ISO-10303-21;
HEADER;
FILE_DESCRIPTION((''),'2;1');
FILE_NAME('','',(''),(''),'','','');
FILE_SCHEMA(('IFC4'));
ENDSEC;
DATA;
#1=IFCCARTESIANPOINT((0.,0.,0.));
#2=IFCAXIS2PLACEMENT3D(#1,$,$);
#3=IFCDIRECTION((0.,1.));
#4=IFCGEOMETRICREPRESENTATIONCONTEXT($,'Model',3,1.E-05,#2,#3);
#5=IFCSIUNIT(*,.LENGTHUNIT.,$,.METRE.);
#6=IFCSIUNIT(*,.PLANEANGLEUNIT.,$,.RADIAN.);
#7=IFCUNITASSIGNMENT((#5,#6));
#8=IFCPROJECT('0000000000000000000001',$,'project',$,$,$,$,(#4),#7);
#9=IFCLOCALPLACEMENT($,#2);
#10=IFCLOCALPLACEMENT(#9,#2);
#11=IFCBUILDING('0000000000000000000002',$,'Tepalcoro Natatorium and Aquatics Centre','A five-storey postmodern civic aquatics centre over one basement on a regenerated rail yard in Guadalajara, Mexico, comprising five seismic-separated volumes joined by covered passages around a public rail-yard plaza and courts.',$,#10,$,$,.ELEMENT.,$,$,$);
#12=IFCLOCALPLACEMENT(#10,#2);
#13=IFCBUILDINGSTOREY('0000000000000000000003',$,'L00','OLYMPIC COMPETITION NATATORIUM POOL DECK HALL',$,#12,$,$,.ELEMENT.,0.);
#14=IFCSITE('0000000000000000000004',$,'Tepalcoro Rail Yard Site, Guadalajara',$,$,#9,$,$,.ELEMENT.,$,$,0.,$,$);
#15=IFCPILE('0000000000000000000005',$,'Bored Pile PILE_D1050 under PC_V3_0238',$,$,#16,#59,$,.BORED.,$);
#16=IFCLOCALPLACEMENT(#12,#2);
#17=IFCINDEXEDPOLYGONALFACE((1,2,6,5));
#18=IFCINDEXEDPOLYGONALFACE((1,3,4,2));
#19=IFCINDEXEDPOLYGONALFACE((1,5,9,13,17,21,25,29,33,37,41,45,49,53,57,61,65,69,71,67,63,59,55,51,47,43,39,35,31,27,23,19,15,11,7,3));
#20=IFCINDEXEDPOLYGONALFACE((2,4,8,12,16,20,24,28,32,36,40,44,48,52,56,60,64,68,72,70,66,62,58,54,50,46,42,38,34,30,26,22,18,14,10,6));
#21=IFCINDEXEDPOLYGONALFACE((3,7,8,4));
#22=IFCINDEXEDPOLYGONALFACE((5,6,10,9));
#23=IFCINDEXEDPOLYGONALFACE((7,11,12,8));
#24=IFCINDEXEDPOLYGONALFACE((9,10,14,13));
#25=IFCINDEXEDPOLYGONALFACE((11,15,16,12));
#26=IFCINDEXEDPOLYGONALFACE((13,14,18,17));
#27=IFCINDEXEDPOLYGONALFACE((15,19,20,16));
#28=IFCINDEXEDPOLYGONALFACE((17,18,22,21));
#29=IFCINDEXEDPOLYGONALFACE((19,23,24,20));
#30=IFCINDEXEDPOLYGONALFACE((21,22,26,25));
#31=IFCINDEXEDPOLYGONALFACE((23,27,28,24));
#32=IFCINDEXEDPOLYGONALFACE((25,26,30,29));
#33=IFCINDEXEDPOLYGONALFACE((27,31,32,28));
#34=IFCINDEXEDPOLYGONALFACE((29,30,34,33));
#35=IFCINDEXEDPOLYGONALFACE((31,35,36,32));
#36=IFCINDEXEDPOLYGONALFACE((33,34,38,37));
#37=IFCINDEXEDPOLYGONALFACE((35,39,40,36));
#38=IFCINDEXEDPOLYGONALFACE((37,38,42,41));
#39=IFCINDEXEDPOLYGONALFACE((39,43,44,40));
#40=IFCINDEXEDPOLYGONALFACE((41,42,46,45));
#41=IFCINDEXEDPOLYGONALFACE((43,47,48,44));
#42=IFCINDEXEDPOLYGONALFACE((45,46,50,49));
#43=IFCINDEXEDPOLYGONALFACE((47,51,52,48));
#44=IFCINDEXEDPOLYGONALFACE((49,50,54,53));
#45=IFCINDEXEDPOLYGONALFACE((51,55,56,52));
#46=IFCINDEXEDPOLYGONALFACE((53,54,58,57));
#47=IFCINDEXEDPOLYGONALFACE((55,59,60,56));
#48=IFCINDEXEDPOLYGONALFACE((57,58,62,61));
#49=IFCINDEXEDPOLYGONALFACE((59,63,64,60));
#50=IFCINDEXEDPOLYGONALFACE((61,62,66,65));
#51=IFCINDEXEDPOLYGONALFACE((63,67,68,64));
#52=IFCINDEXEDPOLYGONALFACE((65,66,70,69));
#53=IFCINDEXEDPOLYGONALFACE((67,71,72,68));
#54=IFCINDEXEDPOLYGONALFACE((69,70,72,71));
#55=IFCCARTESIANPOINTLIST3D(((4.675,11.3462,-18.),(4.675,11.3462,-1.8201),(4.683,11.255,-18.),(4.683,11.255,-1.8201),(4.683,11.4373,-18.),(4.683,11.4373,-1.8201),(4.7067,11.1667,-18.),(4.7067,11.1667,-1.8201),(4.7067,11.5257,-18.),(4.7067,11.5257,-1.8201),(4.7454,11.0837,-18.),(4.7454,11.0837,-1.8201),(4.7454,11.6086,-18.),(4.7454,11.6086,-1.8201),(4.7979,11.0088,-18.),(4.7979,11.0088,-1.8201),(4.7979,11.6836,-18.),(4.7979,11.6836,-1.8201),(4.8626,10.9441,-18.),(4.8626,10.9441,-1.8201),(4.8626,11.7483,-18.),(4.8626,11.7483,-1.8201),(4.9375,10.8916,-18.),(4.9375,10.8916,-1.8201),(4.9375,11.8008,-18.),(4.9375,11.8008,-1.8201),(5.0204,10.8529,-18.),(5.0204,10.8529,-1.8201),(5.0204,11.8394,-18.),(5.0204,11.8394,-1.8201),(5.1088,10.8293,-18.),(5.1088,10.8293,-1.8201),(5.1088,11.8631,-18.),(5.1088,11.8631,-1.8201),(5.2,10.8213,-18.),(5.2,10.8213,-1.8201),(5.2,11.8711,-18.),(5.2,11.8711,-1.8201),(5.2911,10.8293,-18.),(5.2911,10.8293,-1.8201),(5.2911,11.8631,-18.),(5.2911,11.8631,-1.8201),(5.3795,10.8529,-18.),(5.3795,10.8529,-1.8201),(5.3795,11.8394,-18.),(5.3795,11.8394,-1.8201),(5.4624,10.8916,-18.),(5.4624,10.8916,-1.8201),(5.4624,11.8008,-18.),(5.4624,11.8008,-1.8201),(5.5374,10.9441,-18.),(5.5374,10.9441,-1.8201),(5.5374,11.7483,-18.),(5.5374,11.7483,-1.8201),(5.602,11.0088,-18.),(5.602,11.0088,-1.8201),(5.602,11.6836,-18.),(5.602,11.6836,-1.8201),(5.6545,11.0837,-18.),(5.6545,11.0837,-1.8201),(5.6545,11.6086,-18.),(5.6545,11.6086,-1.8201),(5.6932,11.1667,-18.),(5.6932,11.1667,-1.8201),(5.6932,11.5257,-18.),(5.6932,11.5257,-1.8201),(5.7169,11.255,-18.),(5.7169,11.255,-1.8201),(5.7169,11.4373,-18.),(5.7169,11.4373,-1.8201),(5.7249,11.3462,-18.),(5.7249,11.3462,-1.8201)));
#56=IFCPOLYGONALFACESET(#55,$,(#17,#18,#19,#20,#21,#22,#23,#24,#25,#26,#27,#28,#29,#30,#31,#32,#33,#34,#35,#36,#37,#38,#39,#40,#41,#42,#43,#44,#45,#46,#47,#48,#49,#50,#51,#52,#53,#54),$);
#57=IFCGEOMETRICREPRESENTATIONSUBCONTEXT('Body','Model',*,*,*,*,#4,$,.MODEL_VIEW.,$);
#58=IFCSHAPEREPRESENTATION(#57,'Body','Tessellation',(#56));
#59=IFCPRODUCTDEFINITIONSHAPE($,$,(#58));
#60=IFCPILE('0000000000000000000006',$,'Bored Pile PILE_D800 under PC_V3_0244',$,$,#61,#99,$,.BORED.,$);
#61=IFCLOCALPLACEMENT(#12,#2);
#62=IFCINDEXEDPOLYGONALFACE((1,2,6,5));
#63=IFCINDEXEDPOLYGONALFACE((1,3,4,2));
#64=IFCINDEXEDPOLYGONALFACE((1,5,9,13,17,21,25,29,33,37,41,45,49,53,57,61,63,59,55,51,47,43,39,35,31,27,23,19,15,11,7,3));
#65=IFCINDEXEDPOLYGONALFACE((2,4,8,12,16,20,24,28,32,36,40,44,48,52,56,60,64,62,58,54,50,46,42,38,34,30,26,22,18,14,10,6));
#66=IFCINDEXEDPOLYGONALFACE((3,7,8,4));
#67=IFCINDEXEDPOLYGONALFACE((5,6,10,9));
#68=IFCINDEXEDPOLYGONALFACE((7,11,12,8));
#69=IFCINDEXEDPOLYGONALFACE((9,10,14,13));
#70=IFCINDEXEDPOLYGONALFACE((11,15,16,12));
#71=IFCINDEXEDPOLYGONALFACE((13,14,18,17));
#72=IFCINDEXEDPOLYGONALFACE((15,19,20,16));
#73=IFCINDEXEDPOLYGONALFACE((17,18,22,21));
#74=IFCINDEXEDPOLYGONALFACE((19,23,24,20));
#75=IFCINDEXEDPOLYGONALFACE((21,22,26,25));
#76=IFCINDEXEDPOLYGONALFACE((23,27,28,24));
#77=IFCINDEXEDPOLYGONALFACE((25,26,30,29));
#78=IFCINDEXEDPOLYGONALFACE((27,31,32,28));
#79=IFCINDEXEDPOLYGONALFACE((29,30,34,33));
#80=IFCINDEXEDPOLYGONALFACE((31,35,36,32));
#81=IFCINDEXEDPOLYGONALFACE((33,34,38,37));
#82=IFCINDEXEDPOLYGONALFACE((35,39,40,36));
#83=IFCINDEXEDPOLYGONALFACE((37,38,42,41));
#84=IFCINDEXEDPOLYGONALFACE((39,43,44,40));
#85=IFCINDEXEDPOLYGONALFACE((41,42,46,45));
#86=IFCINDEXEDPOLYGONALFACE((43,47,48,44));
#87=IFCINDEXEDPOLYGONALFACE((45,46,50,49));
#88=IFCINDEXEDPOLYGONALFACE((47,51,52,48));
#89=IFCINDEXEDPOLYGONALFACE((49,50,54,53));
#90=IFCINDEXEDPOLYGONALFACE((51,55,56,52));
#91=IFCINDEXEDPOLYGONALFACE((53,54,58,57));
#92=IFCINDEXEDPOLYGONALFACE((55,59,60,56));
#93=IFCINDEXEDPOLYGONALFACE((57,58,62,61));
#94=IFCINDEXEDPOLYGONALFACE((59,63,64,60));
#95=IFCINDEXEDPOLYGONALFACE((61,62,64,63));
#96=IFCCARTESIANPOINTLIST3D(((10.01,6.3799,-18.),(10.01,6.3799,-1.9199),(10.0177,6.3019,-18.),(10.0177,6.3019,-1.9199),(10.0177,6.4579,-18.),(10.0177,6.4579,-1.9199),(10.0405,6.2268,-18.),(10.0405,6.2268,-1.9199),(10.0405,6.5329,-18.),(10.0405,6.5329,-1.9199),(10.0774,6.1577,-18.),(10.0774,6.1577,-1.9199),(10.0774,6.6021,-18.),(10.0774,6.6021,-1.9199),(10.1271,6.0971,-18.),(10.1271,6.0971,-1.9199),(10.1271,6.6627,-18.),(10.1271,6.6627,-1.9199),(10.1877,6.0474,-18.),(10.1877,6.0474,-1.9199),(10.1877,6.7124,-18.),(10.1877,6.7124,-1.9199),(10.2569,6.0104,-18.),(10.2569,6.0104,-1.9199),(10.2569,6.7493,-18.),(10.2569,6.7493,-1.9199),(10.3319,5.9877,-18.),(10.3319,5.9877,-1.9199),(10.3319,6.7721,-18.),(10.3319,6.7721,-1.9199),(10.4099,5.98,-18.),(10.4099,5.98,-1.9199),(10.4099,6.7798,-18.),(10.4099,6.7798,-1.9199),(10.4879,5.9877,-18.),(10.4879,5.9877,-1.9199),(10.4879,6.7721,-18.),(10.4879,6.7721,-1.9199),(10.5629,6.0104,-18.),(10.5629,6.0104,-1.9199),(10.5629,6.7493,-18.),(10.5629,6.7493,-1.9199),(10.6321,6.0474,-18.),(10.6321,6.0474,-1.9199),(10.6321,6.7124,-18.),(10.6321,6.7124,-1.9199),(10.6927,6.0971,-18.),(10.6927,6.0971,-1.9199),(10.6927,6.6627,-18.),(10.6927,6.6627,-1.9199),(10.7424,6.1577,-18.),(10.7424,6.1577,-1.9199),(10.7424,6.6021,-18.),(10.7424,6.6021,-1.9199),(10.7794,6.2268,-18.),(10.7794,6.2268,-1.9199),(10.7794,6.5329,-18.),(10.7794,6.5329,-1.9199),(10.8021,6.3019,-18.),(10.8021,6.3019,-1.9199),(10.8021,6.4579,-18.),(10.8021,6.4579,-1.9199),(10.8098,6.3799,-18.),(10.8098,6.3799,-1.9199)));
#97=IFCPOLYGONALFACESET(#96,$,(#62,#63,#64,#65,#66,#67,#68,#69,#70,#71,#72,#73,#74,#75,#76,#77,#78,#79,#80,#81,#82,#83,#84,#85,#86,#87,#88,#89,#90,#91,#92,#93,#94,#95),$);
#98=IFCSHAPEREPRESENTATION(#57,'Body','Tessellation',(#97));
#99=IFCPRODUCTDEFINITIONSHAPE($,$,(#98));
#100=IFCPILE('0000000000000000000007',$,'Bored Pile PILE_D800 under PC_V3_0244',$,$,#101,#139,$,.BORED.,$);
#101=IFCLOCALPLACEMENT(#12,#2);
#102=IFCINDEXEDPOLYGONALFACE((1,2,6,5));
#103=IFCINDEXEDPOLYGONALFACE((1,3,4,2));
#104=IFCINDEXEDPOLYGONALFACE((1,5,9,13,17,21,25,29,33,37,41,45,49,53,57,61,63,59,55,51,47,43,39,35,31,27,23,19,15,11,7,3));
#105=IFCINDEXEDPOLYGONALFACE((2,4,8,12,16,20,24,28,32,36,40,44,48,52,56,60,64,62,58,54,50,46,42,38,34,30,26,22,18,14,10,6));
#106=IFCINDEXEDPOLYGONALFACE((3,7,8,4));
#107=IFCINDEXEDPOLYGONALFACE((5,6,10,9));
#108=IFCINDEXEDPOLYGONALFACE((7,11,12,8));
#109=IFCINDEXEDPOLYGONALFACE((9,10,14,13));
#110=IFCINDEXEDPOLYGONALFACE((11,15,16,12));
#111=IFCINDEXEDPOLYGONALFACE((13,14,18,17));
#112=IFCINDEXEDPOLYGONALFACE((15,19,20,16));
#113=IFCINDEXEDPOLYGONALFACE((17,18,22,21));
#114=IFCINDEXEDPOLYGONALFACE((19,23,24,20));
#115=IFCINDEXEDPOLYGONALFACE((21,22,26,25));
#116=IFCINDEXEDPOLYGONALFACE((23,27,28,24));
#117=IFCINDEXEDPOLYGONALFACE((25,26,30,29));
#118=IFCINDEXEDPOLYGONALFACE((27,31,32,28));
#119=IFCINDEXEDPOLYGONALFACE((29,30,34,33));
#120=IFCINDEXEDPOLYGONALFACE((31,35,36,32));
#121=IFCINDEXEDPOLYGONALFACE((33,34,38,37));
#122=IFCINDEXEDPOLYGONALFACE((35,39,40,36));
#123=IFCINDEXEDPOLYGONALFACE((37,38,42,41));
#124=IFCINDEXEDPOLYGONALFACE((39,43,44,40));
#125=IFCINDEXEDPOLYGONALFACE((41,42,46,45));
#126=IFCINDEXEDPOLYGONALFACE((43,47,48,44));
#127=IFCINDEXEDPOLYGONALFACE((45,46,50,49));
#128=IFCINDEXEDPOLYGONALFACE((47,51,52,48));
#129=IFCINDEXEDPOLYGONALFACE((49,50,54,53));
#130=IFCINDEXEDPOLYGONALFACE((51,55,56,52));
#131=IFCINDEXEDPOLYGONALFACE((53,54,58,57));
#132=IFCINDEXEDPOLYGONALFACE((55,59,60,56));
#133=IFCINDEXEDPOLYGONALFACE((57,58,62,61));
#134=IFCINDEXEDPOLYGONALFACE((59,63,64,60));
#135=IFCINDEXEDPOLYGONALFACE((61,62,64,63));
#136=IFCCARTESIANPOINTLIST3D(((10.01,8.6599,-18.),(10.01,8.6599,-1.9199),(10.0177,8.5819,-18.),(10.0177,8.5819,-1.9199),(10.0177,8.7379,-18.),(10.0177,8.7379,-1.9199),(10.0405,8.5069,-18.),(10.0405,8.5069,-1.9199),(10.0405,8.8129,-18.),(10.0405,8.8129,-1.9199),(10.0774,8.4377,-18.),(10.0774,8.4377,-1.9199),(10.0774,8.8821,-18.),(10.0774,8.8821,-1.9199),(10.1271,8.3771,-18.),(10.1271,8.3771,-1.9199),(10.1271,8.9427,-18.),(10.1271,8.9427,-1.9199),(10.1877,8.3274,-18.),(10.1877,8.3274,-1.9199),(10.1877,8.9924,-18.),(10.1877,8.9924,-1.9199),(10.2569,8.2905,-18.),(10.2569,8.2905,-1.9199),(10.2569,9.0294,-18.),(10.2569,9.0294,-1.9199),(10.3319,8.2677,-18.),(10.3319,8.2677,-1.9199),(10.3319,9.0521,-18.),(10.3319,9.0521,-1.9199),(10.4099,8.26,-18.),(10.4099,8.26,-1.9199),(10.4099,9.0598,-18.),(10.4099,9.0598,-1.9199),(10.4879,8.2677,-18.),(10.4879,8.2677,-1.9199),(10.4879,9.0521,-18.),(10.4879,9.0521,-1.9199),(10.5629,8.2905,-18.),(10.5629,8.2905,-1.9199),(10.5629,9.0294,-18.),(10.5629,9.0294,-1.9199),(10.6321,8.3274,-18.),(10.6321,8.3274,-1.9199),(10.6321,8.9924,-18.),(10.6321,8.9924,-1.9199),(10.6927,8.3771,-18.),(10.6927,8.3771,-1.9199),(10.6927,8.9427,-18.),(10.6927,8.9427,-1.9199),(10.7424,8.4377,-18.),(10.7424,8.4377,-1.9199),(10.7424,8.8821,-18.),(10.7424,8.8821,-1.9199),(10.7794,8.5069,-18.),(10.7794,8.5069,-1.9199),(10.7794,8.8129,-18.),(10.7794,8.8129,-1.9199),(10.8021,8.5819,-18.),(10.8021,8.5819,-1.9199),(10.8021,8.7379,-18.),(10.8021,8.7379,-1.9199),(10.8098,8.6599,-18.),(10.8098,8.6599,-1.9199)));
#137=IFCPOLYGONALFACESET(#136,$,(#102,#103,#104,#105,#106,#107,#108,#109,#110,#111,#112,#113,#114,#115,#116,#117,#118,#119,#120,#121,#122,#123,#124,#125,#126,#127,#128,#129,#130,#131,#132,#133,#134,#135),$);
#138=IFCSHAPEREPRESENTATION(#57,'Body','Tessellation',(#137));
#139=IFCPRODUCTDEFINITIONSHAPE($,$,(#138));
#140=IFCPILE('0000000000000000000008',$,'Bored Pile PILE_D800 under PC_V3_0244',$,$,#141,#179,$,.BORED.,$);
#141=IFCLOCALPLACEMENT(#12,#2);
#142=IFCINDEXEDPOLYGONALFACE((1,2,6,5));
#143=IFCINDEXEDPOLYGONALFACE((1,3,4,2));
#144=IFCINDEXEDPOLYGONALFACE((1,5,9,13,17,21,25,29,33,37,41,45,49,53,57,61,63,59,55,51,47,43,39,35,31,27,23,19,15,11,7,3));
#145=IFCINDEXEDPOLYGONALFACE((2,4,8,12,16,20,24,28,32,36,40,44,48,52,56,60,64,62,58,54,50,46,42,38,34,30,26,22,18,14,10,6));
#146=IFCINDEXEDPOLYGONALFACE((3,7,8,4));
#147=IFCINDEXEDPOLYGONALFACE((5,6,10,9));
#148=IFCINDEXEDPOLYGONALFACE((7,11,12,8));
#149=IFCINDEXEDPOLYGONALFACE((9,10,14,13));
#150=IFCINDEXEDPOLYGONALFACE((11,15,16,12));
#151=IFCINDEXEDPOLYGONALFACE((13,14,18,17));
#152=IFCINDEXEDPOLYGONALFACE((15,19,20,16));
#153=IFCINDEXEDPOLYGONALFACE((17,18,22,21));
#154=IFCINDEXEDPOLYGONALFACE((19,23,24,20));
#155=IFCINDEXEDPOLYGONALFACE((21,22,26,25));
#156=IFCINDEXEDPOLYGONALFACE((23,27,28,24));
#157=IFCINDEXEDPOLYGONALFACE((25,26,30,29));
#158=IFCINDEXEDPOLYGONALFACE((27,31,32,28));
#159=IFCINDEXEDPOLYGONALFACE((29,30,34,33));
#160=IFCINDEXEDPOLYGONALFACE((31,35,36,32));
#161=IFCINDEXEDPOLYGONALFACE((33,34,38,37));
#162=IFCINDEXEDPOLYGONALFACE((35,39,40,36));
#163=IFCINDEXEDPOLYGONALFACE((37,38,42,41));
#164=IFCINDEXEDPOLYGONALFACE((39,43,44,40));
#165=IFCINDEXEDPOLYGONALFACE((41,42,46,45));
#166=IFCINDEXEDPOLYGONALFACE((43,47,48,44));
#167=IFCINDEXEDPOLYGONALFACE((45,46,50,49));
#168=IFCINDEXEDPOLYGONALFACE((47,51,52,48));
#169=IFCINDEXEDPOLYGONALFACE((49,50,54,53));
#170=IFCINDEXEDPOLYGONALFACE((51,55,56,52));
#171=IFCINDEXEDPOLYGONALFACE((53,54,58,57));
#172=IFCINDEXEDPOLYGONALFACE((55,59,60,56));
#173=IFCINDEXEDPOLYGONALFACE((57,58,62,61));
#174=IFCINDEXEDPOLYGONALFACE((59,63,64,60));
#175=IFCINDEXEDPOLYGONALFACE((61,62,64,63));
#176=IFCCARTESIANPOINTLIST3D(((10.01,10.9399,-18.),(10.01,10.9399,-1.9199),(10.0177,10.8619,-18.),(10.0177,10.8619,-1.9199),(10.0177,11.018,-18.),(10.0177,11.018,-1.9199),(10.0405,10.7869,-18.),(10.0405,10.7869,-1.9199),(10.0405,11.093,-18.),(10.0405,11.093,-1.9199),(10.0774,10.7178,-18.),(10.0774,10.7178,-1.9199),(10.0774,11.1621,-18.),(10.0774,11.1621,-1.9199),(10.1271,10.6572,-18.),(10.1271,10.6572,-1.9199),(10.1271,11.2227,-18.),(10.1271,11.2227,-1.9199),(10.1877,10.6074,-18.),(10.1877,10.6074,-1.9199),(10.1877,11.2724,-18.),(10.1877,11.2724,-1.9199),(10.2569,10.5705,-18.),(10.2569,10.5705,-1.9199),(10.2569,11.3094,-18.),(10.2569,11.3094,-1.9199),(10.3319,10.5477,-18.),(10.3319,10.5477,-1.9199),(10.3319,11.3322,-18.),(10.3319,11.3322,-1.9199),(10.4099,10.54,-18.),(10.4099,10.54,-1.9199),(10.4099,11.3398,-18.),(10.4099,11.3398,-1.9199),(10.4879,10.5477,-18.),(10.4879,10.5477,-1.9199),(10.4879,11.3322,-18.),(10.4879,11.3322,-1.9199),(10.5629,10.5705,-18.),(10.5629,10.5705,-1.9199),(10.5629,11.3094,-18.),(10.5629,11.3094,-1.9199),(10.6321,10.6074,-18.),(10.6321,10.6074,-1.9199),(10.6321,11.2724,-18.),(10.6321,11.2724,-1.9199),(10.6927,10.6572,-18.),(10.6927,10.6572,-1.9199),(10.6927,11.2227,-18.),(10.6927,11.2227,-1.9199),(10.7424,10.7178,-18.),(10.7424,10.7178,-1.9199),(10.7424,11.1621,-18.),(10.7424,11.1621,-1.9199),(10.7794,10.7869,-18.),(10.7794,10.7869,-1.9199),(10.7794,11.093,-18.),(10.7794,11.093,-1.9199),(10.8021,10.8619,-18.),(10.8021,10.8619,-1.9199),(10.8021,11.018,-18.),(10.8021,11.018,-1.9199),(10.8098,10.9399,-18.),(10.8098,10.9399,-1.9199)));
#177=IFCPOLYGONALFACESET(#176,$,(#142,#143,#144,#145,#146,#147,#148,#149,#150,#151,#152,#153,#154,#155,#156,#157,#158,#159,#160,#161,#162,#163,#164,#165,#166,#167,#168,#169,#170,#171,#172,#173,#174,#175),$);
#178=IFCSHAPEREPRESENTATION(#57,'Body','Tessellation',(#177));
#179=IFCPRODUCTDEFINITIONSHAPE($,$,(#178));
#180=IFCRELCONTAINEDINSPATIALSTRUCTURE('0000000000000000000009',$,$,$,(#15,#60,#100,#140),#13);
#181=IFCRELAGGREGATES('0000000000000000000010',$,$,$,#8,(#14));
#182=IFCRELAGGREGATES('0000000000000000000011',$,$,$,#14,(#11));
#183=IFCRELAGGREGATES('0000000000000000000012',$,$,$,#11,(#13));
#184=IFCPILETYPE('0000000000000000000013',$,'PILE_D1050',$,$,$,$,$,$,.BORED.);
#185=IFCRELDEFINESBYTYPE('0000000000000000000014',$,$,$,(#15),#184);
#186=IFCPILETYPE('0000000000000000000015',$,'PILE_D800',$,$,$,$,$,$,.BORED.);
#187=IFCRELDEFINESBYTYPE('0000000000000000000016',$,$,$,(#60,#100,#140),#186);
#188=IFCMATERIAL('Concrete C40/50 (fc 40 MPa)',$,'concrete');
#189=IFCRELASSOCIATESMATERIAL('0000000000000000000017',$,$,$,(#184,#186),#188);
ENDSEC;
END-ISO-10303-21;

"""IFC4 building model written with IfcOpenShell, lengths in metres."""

from ifc_helpers import new_model, si_unit, direction, frame, origin, origin_2d, place, context, subcontext, project, spatial, circle, extrude, material, material_profile, profile_set, type_object, element, save


model = new_model("IFC4")

# Units and contexts
model_context = context("Model", 3, precision=1e-05, world=origin(), true_north=direction((0.0, 1.0)))
body_context = subcontext(model_context, "Body", "Model", "MODEL_VIEW")
ifc_project = project(units=[si_unit("LENGTHUNIT", "METRE"), si_unit("PLANEANGLEUNIT", "RADIAN")], contexts=[model_context])

# Site, building, storey
site_placement = place(None, origin())
site = spatial("IfcSite", under=ifc_project, at=site_placement, Name="Tepalcoro Rail Yard Site, Guadalajara", CompositionType="ELEMENT", RefElevation=0.0)
building_placement = place(site_placement, origin())
building = spatial("IfcBuilding", under=site, at=building_placement, Name="Tepalcoro Natatorium and Aquatics Centre", Description="A five-storey postmodern civic aquatics centre over one basement on a regenerated rail yard in Guadalajara, Mexico, comprising five seismic-separated volumes joined by covered passages around a public rail-yard plaza and courts.", CompositionType="ELEMENT")
storey_placement = place(building_placement, origin())
storey = spatial("IfcBuildingStorey", under=building, at=storey_placement, Name="L00", Description="OLYMPIC COMPETITION NATATORIUM POOL DECK HALL", CompositionType="ELEMENT", Elevation=0.0)

# Piles
ifc_material_1 = material(Name="Concrete C40/50 (fc 40 MPa)", Category="concrete")
ifc_material_profile_1 = material_profile(ifc_material_1, circle(Radius=0.5249, at=origin_2d()), Name="PILE_D1050")
ifc_profile_set_1 = profile_set([ifc_material_profile_1], Name="Concrete C40/50 (fc 40 MPa)")
pile_type_1 = type_object("IfcPileType", Name="PILE_D1050", PredefinedType="BORED", material=ifc_profile_set_1)
pile_placement = place(storey_placement, frame((5.2, 11.3462, -1.8201), z_axis=(0.0, 0.0, -1.0), x_axis=(1.0, 0.0, 0.0)))
element("IfcPile", 1, at=pile_placement, inside=storey, type_object=pile_type_1, Name="Bored Pile PILE_D1050 under PC_V3_0238", PredefinedType="BORED", context=body_context, shape_type="SweptSolid", body=[
    extrude(circle(Radius=0.5249, at=origin_2d()), origin(), (0.0, 0.0, 1.0), 16.1799),
])
ifc_material_profile_2 = material_profile(ifc_material_1, circle(Radius=0.3999, at=origin_2d()), Name="PILE_D800")
ifc_profile_set_2 = profile_set([ifc_material_profile_2], Name="Concrete C40/50 (fc 40 MPa)")
pile_type_2 = type_object("IfcPileType", Name="PILE_D800", PredefinedType="BORED", material=ifc_profile_set_2)
for number, where, z_axis, x_axis, name in (
    (2, (10.4099, 6.3799, -1.9199), (0.0, 0.0, -1.0), (1.0, 0.0, 0.0), "Bored Pile PILE_D800 under PC_V3_0244"),
    (3, (10.4099, 8.6599, -1.9199), (0.0, 0.0, -1.0), (1.0, 0.0, 0.0), "Bored Pile PILE_D800 under PC_V3_0244"),
    (4, (10.4099, 10.9399, -1.9199), (0.0, 0.0, -1.0), (1.0, 0.0, 0.0), "Bored Pile PILE_D800 under PC_V3_0244"),
):
    element("IfcPile", number, at=place(storey_placement, frame(where, z_axis=z_axis, x_axis=x_axis)), inside=storey, type_object=pile_type_2, Name=name, PredefinedType="BORED", context=body_context, shape_type="SweptSolid", body=[
        extrude(circle(Radius=0.3999, at=origin_2d()), origin(), (0.0, 0.0, 1.0), 16.0801),
    ])

save(model, "model.ifc")
